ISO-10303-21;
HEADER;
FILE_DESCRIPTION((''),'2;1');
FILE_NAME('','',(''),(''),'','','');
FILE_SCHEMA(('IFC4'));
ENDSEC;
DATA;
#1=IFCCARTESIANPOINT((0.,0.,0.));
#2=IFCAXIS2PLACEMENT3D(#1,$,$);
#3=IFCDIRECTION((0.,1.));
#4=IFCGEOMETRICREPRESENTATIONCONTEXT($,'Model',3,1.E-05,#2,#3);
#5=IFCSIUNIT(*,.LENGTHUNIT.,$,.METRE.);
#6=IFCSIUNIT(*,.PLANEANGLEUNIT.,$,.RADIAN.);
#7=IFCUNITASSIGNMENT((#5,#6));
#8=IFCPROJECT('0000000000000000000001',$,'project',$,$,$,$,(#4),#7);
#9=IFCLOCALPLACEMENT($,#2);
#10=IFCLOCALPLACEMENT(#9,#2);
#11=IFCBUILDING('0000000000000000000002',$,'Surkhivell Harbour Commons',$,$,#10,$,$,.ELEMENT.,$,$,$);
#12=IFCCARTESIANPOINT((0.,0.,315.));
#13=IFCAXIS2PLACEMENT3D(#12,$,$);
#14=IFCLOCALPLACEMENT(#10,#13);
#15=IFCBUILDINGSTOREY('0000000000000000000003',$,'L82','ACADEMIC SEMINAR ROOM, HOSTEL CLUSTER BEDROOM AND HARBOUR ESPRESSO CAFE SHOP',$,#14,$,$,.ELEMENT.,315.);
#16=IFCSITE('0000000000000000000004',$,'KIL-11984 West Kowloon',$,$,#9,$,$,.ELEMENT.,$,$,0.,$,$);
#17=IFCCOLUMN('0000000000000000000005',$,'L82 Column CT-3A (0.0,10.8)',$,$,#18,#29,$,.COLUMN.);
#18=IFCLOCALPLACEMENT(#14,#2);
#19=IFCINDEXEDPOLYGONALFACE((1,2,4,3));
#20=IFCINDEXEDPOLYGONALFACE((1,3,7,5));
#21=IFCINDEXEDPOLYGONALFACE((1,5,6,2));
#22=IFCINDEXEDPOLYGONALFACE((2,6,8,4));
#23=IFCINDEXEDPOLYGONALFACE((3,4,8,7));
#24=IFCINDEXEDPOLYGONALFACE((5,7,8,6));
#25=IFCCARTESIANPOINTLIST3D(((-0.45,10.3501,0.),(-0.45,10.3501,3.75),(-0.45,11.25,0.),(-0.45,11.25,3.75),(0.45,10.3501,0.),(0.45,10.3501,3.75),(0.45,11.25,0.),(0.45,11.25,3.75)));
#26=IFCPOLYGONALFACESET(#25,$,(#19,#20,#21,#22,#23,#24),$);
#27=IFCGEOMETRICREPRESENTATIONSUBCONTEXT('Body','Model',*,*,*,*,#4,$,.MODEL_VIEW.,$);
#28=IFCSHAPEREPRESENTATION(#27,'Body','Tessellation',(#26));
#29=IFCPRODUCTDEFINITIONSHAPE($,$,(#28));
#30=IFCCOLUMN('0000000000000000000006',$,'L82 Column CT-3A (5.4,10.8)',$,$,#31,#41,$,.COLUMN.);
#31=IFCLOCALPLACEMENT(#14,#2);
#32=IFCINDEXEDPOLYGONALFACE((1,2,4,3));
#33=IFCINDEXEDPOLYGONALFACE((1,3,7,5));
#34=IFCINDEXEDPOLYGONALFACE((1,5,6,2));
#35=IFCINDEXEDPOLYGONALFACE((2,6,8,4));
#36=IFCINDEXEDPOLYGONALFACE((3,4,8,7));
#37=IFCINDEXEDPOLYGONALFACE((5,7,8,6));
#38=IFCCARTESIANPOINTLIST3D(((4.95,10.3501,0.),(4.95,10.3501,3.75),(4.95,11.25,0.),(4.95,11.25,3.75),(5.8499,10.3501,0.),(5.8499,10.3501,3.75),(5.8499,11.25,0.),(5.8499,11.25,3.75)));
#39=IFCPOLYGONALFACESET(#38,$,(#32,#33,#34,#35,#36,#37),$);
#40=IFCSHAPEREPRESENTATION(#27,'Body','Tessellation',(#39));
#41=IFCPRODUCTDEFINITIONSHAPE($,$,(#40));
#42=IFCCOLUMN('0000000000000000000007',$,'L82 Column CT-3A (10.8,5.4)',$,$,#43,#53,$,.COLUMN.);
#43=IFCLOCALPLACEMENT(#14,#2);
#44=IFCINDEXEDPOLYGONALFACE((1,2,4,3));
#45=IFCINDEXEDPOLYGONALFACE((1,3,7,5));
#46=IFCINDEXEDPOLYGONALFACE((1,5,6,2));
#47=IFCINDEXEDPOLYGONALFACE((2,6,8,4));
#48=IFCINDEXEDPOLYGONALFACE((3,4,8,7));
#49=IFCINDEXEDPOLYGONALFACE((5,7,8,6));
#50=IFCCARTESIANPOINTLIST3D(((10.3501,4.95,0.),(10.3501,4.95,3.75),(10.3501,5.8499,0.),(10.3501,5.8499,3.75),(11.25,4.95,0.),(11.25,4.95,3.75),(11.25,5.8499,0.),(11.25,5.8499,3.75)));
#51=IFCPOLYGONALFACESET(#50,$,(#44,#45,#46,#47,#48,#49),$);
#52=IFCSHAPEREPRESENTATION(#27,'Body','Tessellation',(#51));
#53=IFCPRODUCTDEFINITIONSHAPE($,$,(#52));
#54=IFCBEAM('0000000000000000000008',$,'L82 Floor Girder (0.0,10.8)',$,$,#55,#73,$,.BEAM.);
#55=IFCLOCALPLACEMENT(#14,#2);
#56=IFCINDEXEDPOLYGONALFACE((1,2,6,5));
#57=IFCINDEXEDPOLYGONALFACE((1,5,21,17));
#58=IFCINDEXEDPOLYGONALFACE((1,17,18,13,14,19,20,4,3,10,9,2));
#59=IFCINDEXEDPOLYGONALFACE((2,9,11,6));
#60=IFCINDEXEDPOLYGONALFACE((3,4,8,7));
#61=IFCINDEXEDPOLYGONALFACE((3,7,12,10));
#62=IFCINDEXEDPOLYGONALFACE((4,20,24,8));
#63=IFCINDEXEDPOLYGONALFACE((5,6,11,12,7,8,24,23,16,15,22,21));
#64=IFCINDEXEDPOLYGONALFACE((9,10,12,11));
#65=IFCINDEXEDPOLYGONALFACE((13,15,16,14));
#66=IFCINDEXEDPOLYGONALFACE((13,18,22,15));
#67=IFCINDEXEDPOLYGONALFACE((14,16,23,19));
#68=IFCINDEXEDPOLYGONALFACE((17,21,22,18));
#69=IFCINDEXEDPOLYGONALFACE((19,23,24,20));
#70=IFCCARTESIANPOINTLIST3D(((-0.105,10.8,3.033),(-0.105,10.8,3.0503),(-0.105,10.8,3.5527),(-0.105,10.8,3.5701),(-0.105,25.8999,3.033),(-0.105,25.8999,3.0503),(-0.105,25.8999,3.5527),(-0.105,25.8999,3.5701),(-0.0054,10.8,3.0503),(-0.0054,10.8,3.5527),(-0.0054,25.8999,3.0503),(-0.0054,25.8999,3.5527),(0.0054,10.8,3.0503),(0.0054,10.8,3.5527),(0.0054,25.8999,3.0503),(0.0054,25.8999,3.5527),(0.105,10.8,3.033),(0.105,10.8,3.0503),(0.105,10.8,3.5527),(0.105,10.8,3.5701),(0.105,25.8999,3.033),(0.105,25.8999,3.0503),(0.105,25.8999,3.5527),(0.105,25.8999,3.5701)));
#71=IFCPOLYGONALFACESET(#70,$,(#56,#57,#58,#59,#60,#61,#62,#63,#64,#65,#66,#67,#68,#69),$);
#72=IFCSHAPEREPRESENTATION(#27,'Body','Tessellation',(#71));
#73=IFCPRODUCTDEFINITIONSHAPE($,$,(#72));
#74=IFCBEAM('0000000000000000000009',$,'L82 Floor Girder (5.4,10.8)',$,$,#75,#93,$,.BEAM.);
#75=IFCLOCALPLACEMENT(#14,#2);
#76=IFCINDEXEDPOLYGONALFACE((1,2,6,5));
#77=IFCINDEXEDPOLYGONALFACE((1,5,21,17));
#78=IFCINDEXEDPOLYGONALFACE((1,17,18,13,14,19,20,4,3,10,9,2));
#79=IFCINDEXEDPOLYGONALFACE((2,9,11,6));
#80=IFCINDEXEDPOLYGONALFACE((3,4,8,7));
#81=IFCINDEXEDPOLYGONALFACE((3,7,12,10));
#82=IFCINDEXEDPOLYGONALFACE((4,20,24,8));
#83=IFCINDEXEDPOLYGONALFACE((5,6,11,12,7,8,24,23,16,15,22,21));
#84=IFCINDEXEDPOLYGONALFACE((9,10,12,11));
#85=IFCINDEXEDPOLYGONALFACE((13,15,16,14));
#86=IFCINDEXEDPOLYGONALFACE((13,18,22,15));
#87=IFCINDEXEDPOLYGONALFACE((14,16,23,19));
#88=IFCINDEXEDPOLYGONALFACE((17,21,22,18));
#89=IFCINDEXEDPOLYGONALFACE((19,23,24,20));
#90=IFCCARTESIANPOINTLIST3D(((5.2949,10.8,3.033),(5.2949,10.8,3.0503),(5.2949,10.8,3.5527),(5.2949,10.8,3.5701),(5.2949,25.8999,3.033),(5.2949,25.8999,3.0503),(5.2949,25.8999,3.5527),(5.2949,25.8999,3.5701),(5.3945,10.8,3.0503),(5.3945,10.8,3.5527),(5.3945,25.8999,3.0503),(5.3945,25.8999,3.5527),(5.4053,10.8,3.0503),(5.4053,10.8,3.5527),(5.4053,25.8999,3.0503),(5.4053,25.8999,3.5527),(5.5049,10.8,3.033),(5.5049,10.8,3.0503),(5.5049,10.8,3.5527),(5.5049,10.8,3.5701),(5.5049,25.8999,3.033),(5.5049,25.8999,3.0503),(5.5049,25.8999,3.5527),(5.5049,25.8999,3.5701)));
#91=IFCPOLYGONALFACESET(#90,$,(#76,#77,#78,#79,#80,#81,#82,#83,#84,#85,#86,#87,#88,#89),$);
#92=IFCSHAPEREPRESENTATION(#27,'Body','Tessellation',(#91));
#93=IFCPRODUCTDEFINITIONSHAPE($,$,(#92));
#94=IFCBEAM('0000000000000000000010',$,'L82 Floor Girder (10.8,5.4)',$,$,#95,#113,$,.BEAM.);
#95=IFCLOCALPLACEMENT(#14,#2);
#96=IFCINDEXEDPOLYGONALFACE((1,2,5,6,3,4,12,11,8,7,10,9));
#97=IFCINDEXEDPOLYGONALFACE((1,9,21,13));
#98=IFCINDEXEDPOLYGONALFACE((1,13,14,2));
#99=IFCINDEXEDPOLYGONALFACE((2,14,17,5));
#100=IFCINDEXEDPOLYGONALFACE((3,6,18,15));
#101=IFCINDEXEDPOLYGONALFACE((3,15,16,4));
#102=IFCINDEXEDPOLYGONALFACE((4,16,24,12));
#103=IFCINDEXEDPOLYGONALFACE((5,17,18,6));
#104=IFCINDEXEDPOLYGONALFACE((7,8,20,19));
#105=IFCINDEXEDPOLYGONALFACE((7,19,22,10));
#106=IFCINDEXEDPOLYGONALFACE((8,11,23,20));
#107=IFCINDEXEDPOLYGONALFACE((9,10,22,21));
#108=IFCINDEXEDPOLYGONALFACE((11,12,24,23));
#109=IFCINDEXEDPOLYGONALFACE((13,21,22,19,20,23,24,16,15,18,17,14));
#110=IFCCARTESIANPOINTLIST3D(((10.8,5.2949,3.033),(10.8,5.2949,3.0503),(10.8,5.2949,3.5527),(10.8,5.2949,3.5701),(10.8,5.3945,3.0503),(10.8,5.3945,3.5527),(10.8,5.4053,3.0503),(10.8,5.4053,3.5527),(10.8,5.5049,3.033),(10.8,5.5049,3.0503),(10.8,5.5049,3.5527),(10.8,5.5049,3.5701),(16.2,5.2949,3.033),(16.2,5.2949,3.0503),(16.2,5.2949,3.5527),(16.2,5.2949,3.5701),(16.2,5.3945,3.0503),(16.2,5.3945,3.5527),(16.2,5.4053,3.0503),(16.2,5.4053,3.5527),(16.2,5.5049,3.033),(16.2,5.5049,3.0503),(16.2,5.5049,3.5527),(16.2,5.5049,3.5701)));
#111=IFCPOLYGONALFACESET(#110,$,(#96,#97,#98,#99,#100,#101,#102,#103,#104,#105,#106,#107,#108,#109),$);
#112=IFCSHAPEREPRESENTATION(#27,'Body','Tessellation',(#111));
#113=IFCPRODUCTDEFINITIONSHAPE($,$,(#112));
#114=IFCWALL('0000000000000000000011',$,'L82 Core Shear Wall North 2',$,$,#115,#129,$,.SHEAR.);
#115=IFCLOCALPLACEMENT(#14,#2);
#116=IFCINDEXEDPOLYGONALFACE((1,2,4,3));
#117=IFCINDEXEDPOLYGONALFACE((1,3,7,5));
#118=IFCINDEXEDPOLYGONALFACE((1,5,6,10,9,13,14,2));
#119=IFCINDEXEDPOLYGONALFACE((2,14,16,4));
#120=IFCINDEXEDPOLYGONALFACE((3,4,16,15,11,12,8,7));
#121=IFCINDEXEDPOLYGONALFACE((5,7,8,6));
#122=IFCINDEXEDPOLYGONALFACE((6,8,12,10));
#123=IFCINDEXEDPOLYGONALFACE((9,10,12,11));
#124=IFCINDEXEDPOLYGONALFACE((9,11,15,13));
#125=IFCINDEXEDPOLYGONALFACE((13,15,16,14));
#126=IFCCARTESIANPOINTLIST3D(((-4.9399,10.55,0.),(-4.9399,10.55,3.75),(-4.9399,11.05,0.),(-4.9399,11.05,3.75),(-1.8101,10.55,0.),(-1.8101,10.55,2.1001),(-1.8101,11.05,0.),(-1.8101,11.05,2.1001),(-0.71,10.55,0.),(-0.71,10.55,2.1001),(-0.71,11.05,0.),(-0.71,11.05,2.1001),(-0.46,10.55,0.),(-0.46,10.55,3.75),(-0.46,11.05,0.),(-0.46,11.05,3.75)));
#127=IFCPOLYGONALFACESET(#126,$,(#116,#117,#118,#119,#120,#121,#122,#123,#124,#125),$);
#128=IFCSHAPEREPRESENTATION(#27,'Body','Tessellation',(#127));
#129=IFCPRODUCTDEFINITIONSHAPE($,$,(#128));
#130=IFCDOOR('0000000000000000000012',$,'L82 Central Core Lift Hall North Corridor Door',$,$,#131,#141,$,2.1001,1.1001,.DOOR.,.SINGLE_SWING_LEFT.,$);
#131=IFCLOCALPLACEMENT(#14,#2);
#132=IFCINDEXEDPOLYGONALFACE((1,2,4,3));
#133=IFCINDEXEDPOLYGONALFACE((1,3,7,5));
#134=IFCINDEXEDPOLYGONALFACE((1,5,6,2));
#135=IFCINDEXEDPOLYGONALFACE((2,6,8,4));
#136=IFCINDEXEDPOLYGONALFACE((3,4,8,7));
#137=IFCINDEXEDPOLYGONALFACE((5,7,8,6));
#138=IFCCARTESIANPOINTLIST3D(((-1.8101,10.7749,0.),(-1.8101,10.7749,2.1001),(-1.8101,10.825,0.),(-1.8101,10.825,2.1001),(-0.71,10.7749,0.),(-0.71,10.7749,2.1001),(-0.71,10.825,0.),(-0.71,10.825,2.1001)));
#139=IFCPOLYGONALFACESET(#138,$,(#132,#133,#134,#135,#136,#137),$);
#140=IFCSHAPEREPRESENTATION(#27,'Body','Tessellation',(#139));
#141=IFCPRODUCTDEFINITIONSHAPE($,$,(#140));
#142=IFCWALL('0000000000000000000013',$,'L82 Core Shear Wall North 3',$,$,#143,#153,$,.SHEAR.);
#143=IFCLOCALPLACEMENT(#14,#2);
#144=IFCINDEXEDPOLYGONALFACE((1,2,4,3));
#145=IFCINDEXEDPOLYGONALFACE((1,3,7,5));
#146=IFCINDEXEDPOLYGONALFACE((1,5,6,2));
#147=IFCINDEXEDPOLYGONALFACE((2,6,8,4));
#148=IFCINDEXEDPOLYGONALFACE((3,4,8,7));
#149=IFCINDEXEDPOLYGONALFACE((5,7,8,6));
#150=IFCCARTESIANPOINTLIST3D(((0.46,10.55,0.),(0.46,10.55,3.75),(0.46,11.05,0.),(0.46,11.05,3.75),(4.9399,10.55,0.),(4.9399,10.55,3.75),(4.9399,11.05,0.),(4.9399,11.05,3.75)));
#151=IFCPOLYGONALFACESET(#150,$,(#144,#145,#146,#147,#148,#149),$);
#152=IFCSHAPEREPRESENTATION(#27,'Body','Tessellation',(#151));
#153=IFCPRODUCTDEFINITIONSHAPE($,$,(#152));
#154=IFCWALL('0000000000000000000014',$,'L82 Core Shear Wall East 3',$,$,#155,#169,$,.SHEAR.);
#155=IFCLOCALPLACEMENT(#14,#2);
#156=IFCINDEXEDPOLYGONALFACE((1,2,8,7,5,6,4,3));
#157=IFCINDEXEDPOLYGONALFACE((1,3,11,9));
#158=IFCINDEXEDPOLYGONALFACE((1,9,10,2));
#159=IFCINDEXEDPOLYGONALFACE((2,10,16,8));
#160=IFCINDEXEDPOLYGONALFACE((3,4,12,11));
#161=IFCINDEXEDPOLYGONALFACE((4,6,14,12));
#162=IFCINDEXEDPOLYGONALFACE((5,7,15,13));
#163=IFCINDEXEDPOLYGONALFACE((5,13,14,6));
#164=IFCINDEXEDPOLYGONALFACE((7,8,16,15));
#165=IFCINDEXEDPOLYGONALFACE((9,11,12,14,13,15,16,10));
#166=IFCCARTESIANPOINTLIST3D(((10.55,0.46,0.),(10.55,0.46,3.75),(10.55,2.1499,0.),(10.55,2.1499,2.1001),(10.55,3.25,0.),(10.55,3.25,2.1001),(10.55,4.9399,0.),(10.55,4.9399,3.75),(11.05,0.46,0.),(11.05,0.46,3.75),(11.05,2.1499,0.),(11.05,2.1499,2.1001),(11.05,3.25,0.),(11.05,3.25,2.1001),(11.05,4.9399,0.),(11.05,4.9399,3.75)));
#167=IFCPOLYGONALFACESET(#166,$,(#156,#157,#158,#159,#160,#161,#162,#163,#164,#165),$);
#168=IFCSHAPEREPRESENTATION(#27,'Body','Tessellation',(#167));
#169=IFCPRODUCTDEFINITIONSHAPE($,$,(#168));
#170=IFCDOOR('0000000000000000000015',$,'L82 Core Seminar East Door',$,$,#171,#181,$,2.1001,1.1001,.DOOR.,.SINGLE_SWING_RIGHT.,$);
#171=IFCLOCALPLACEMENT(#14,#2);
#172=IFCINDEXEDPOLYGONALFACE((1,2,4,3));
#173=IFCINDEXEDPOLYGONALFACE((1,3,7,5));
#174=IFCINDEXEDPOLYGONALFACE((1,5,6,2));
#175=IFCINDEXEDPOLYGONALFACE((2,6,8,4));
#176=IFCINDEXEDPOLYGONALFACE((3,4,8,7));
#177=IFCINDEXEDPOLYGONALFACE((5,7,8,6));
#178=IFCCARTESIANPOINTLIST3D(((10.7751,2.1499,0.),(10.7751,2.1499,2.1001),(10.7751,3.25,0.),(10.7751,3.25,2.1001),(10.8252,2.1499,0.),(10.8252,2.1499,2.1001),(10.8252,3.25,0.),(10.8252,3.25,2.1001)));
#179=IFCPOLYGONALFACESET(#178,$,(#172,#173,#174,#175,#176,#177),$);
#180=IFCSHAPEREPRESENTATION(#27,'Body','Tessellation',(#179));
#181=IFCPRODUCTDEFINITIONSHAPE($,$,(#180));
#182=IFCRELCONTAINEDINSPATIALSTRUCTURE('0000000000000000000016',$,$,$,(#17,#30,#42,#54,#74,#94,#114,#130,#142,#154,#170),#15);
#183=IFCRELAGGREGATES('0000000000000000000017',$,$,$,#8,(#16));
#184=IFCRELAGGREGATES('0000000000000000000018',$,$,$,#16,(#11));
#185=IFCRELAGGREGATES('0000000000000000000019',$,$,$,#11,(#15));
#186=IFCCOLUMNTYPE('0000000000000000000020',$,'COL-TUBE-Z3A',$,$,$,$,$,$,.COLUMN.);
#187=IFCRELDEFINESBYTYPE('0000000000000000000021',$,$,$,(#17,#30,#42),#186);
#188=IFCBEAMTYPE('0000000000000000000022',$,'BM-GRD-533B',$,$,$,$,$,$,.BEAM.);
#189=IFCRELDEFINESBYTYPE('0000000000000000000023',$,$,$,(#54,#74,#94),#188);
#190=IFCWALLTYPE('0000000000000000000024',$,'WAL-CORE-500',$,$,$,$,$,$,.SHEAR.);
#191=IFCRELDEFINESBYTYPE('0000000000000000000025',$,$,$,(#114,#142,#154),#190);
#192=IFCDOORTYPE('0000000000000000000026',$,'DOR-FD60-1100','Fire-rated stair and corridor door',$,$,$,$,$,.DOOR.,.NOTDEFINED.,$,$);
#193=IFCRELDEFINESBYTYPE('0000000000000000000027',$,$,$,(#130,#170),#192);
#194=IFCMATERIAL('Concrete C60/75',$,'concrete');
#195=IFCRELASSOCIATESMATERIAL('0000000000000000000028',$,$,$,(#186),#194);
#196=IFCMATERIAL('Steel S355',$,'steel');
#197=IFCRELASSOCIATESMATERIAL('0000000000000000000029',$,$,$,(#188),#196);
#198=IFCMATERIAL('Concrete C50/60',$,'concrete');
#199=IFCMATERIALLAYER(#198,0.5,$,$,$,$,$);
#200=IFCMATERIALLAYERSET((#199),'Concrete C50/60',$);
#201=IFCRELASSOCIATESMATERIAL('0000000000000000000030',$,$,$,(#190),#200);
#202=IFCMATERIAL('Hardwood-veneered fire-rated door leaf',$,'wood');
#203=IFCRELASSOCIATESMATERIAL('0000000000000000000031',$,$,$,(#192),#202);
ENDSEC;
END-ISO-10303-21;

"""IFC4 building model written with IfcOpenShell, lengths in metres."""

from ifc_helpers import new_model, si_unit, direction, frame, frame_2d, origin, origin_2d, place, context, subcontext, project, spatial, rectangle, i_section, extrude, material, layer, layer_set, material_profile, profile_set, type_object, element, fill, save


model = new_model("IFC4")

# Units and contexts
model_context = context("Model", 3, precision=1e-05, world=origin(), true_north=direction((0.0, 1.0)))
body_context = subcontext(model_context, "Body", "Model", "MODEL_VIEW")
ifc_project = project(units=[si_unit("LENGTHUNIT", "METRE"), si_unit("PLANEANGLEUNIT", "RADIAN")], contexts=[model_context])

# Site, building, storey
site_placement = place(None, origin())
site = spatial("IfcSite", under=ifc_project, at=site_placement, Name="KIL-11984 West Kowloon", CompositionType="ELEMENT", RefElevation=0.0)
building_placement = place(site_placement, origin())
building = spatial("IfcBuilding", under=site, at=building_placement, Name="Surkhivell Harbour Commons", CompositionType="ELEMENT")
storey_placement = place(building_placement, frame((0.0, 0.0, 315.0)))
storey = spatial("IfcBuildingStorey", under=building, at=storey_placement, Name="L82", Description="ACADEMIC SEMINAR ROOM, HOSTEL CLUSTER BEDROOM AND HARBOUR ESPRESSO CAFE SHOP", CompositionType="ELEMENT", Elevation=315.0)

# Columns
ifc_material_1 = material(Name="Concrete C60/75", Category="concrete")
ifc_material_profile_1 = material_profile(ifc_material_1, rectangle(XDim=0.8999, YDim=0.8999, at=origin_2d()), Name="RC-COL-900x900")
ifc_profile_set_1 = profile_set([ifc_material_profile_1], Name="Concrete C60/75")
column_type = type_object("IfcColumnType", Name="COL-TUBE-Z3A", PredefinedType="COLUMN", material=ifc_profile_set_1)
for number, where, z_axis, x_axis, name in (
    (1, (0.0, 10.8, 0.0), (0.0, 0.0, 1.0), (1.0, 0.0, 0.0), "L82 Column CT-3A (0.0,10.8)"),
    (2, (5.3999, 10.8, 0.0), (0.0, 0.0, 1.0), (1.0, 0.0, 0.0), "L82 Column CT-3A (5.4,10.8)"),
    (3, (10.8, 5.3999, 0.0), (0.0, 0.0, 1.0), (1.0, 0.0, 0.0), "L82 Column CT-3A (10.8,5.4)"),
):
    element("IfcColumn", number, at=place(storey_placement, frame(where, z_axis=z_axis, x_axis=x_axis)), inside=storey, type_object=column_type, Name=name, PredefinedType="COLUMN", context=body_context, shape_type="SweptSolid", body=[
        extrude(rectangle(XDim=0.8999, YDim=0.8999, at=origin_2d()), origin(), (0.0, 0.0, 1.0), 3.75),
    ])

# Beams
ifc_material_2 = material(Name="Steel S355", Category="steel")
ifc_material_profile_2 = material_profile(ifc_material_2, i_section(OverallWidth=0.21, OverallDepth=0.5371, WebThickness=0.0107, FlangeThickness=0.0173, at=origin_2d()), Name="UB533x210x101")
ifc_profile_set_2 = profile_set([ifc_material_profile_2], Name="Steel S355")
beam_type = type_object("IfcBeamType", Name="BM-GRD-533B", PredefinedType="BEAM", material=ifc_profile_set_2)
for number, where, z_axis, x_axis, name in (
    (4, (0.0, 10.8, 3.3015), (0.0, 1.0, 0.0), (-1.0, 0.0, 0.0), "L82 Floor Girder (0.0,10.8)"),
    (5, (5.3999, 10.8, 3.3015), (0.0, 1.0, 0.0), (-1.0, 0.0, 0.0), "L82 Floor Girder (5.4,10.8)"),
):
    element("IfcBeam", number, at=place(storey_placement, frame(where, z_axis=z_axis, x_axis=x_axis)), inside=storey, type_object=beam_type, Name=name, PredefinedType="BEAM", context=body_context, shape_type="SweptSolid", body=[
        extrude(i_section(OverallWidth=0.21, OverallDepth=0.5371, WebThickness=0.0107, FlangeThickness=0.0173, at=origin_2d()), origin(), (0.0, 0.0, 1.0), 15.0999),
    ])
beam_placement = place(storey_placement, frame((10.8, 5.3999, 3.3015), z_axis=(1.0, 0.0, 0.0), x_axis=(0.0, 1.0, 0.0)))
element("IfcBeam", 6, at=beam_placement, inside=storey, type_object=beam_type, Name="L82 Floor Girder (10.8,5.4)", PredefinedType="BEAM", context=body_context, shape_type="SweptSolid", body=[
    extrude(i_section(OverallWidth=0.21, OverallDepth=0.5371, WebThickness=0.0107, FlangeThickness=0.0173, at=origin_2d()), origin(), (0.0, 0.0, 1.0), 5.3999),
])

# Wall, opening, door
ifc_material_3 = material(Name="Concrete C50/60", Category="concrete")
ifc_layer_1 = layer(ifc_material_3, 0.5)
ifc_layer_set_1 = layer_set([ifc_layer_1], Name="Concrete C50/60")
wall_type_1 = type_object("IfcWallType", Name="WAL-CORE-500", PredefinedType="SHEAR", material=ifc_layer_set_1)
wall_1_placement = place(storey_placement, frame((-4.9399, 10.8, 0.0), z_axis=(0.0, 0.0, 1.0), x_axis=(1.0, 0.0, 0.0)))
wall_1 = element("IfcWall", 7, at=wall_1_placement, inside=storey, type_object=wall_type_1, Name="L82 Core Shear Wall North 2", PredefinedType="SHEAR", context=body_context, shape_type="SweptSolid", body=[
    extrude(rectangle(XDim=4.48, YDim=0.5, at=frame_2d((2.24, 0.0))), origin(), (0.0, 0.0, 1.0), 3.75),
])
opening_1_placement = place(wall_1_placement, frame((3.1299, 0.0, 0.0)))
opening_1 = element("IfcOpeningElement", 8, at=opening_1_placement, cuts=wall_1, PredefinedType="OPENING", context=body_context, shape_type="SweptSolid", body=[
    extrude(rectangle(XDim=1.1001, YDim=2.1001, at=frame_2d((0.55, 1.05))), frame((0.0, 0.26, 0.0), z_axis=(0.0, -1.0, 0.0), x_axis=(1.0, 0.0, 0.0)), (0.0, 0.0, 1.0), 0.52),
])
ifc_material_4 = material(Name="Hardwood-veneered fire-rated door leaf", Category="wood")
door_type_1 = type_object("IfcDoorType", Name="DOR-FD60-1100", Description="Fire-rated stair and corridor door", OperationType="NOTDEFINED", PredefinedType="DOOR", material=ifc_material_4)
door_1_placement = place(opening_1_placement, origin())
door_1 = element("IfcDoor", 9, at=door_1_placement, inside=storey, type_object=door_type_1, Name="L82 Central Core Lift Hall North Corridor Door", OperationType="SINGLE_SWING_LEFT", OverallHeight=2.1001, OverallWidth=1.1001, PredefinedType="DOOR", context=body_context, shape_type="SweptSolid", body=[
    extrude(rectangle(XDim=1.1001, YDim=2.1001, at=frame_2d((0.55, 1.05))), frame((0.0, 0.0249, 0.0), z_axis=(0.0, -1.0, 0.0), x_axis=(1.0, 0.0, 0.0)), (0.0, 0.0, 1.0), 0.05),
])
fill(opening_1, door_1)

# Wall
wall_2_placement = place(storey_placement, frame((0.46, 10.8, 0.0), z_axis=(0.0, 0.0, 1.0), x_axis=(1.0, 0.0, 0.0)))
element("IfcWall", 10, at=wall_2_placement, inside=storey, type_object=wall_type_1, Name="L82 Core Shear Wall North 3", PredefinedType="SHEAR", context=body_context, shape_type="SweptSolid", body=[
    extrude(rectangle(XDim=4.48, YDim=0.5, at=frame_2d((2.24, 0.0))), origin(), (0.0, 0.0, 1.0), 3.75),
])

# Wall, opening, door
wall_3_placement = place(storey_placement, frame((10.8, 0.46, 0.0), z_axis=(0.0, 0.0, 1.0), x_axis=(0.0, 1.0, 0.0)))
wall_3 = element("IfcWall", 11, at=wall_3_placement, inside=storey, type_object=wall_type_1, Name="L82 Core Shear Wall East 3", PredefinedType="SHEAR", context=body_context, shape_type="SweptSolid", body=[
    extrude(rectangle(XDim=4.48, YDim=0.5, at=frame_2d((2.24, 0.0))), origin(), (0.0, 0.0, 1.0), 3.75),
])
opening_2_placement = place(wall_3_placement, frame((1.6899, 0.0, 0.0)))
opening_2 = element("IfcOpeningElement", 12, at=opening_2_placement, cuts=wall_3, PredefinedType="OPENING", context=body_context, shape_type="SweptSolid", body=[
    extrude(rectangle(XDim=1.1001, YDim=2.1001, at=frame_2d((0.55, 1.05))), frame((0.0, 0.26, 0.0), z_axis=(0.0, -1.0, 0.0), x_axis=(1.0, 0.0, 0.0)), (0.0, 0.0, 1.0), 0.52),
])
door_2_placement = place(opening_2_placement, origin())
door_2 = element("IfcDoor", 13, at=door_2_placement, inside=storey, type_object=door_type_1, Name="L82 Core Seminar East Door", OperationType="SINGLE_SWING_RIGHT", OverallHeight=2.1001, OverallWidth=1.1001, PredefinedType="DOOR", context=body_context, shape_type="SweptSolid", body=[
    extrude(rectangle(XDim=1.1001, YDim=2.1001, at=frame_2d((0.55, 1.05))), frame((0.0, 0.0249, 0.0), z_axis=(0.0, -1.0, 0.0), x_axis=(1.0, 0.0, 0.0)), (0.0, 0.0, 1.0), 0.05),
])
fill(opening_2, door_2)

save(model, "model.ifc")
